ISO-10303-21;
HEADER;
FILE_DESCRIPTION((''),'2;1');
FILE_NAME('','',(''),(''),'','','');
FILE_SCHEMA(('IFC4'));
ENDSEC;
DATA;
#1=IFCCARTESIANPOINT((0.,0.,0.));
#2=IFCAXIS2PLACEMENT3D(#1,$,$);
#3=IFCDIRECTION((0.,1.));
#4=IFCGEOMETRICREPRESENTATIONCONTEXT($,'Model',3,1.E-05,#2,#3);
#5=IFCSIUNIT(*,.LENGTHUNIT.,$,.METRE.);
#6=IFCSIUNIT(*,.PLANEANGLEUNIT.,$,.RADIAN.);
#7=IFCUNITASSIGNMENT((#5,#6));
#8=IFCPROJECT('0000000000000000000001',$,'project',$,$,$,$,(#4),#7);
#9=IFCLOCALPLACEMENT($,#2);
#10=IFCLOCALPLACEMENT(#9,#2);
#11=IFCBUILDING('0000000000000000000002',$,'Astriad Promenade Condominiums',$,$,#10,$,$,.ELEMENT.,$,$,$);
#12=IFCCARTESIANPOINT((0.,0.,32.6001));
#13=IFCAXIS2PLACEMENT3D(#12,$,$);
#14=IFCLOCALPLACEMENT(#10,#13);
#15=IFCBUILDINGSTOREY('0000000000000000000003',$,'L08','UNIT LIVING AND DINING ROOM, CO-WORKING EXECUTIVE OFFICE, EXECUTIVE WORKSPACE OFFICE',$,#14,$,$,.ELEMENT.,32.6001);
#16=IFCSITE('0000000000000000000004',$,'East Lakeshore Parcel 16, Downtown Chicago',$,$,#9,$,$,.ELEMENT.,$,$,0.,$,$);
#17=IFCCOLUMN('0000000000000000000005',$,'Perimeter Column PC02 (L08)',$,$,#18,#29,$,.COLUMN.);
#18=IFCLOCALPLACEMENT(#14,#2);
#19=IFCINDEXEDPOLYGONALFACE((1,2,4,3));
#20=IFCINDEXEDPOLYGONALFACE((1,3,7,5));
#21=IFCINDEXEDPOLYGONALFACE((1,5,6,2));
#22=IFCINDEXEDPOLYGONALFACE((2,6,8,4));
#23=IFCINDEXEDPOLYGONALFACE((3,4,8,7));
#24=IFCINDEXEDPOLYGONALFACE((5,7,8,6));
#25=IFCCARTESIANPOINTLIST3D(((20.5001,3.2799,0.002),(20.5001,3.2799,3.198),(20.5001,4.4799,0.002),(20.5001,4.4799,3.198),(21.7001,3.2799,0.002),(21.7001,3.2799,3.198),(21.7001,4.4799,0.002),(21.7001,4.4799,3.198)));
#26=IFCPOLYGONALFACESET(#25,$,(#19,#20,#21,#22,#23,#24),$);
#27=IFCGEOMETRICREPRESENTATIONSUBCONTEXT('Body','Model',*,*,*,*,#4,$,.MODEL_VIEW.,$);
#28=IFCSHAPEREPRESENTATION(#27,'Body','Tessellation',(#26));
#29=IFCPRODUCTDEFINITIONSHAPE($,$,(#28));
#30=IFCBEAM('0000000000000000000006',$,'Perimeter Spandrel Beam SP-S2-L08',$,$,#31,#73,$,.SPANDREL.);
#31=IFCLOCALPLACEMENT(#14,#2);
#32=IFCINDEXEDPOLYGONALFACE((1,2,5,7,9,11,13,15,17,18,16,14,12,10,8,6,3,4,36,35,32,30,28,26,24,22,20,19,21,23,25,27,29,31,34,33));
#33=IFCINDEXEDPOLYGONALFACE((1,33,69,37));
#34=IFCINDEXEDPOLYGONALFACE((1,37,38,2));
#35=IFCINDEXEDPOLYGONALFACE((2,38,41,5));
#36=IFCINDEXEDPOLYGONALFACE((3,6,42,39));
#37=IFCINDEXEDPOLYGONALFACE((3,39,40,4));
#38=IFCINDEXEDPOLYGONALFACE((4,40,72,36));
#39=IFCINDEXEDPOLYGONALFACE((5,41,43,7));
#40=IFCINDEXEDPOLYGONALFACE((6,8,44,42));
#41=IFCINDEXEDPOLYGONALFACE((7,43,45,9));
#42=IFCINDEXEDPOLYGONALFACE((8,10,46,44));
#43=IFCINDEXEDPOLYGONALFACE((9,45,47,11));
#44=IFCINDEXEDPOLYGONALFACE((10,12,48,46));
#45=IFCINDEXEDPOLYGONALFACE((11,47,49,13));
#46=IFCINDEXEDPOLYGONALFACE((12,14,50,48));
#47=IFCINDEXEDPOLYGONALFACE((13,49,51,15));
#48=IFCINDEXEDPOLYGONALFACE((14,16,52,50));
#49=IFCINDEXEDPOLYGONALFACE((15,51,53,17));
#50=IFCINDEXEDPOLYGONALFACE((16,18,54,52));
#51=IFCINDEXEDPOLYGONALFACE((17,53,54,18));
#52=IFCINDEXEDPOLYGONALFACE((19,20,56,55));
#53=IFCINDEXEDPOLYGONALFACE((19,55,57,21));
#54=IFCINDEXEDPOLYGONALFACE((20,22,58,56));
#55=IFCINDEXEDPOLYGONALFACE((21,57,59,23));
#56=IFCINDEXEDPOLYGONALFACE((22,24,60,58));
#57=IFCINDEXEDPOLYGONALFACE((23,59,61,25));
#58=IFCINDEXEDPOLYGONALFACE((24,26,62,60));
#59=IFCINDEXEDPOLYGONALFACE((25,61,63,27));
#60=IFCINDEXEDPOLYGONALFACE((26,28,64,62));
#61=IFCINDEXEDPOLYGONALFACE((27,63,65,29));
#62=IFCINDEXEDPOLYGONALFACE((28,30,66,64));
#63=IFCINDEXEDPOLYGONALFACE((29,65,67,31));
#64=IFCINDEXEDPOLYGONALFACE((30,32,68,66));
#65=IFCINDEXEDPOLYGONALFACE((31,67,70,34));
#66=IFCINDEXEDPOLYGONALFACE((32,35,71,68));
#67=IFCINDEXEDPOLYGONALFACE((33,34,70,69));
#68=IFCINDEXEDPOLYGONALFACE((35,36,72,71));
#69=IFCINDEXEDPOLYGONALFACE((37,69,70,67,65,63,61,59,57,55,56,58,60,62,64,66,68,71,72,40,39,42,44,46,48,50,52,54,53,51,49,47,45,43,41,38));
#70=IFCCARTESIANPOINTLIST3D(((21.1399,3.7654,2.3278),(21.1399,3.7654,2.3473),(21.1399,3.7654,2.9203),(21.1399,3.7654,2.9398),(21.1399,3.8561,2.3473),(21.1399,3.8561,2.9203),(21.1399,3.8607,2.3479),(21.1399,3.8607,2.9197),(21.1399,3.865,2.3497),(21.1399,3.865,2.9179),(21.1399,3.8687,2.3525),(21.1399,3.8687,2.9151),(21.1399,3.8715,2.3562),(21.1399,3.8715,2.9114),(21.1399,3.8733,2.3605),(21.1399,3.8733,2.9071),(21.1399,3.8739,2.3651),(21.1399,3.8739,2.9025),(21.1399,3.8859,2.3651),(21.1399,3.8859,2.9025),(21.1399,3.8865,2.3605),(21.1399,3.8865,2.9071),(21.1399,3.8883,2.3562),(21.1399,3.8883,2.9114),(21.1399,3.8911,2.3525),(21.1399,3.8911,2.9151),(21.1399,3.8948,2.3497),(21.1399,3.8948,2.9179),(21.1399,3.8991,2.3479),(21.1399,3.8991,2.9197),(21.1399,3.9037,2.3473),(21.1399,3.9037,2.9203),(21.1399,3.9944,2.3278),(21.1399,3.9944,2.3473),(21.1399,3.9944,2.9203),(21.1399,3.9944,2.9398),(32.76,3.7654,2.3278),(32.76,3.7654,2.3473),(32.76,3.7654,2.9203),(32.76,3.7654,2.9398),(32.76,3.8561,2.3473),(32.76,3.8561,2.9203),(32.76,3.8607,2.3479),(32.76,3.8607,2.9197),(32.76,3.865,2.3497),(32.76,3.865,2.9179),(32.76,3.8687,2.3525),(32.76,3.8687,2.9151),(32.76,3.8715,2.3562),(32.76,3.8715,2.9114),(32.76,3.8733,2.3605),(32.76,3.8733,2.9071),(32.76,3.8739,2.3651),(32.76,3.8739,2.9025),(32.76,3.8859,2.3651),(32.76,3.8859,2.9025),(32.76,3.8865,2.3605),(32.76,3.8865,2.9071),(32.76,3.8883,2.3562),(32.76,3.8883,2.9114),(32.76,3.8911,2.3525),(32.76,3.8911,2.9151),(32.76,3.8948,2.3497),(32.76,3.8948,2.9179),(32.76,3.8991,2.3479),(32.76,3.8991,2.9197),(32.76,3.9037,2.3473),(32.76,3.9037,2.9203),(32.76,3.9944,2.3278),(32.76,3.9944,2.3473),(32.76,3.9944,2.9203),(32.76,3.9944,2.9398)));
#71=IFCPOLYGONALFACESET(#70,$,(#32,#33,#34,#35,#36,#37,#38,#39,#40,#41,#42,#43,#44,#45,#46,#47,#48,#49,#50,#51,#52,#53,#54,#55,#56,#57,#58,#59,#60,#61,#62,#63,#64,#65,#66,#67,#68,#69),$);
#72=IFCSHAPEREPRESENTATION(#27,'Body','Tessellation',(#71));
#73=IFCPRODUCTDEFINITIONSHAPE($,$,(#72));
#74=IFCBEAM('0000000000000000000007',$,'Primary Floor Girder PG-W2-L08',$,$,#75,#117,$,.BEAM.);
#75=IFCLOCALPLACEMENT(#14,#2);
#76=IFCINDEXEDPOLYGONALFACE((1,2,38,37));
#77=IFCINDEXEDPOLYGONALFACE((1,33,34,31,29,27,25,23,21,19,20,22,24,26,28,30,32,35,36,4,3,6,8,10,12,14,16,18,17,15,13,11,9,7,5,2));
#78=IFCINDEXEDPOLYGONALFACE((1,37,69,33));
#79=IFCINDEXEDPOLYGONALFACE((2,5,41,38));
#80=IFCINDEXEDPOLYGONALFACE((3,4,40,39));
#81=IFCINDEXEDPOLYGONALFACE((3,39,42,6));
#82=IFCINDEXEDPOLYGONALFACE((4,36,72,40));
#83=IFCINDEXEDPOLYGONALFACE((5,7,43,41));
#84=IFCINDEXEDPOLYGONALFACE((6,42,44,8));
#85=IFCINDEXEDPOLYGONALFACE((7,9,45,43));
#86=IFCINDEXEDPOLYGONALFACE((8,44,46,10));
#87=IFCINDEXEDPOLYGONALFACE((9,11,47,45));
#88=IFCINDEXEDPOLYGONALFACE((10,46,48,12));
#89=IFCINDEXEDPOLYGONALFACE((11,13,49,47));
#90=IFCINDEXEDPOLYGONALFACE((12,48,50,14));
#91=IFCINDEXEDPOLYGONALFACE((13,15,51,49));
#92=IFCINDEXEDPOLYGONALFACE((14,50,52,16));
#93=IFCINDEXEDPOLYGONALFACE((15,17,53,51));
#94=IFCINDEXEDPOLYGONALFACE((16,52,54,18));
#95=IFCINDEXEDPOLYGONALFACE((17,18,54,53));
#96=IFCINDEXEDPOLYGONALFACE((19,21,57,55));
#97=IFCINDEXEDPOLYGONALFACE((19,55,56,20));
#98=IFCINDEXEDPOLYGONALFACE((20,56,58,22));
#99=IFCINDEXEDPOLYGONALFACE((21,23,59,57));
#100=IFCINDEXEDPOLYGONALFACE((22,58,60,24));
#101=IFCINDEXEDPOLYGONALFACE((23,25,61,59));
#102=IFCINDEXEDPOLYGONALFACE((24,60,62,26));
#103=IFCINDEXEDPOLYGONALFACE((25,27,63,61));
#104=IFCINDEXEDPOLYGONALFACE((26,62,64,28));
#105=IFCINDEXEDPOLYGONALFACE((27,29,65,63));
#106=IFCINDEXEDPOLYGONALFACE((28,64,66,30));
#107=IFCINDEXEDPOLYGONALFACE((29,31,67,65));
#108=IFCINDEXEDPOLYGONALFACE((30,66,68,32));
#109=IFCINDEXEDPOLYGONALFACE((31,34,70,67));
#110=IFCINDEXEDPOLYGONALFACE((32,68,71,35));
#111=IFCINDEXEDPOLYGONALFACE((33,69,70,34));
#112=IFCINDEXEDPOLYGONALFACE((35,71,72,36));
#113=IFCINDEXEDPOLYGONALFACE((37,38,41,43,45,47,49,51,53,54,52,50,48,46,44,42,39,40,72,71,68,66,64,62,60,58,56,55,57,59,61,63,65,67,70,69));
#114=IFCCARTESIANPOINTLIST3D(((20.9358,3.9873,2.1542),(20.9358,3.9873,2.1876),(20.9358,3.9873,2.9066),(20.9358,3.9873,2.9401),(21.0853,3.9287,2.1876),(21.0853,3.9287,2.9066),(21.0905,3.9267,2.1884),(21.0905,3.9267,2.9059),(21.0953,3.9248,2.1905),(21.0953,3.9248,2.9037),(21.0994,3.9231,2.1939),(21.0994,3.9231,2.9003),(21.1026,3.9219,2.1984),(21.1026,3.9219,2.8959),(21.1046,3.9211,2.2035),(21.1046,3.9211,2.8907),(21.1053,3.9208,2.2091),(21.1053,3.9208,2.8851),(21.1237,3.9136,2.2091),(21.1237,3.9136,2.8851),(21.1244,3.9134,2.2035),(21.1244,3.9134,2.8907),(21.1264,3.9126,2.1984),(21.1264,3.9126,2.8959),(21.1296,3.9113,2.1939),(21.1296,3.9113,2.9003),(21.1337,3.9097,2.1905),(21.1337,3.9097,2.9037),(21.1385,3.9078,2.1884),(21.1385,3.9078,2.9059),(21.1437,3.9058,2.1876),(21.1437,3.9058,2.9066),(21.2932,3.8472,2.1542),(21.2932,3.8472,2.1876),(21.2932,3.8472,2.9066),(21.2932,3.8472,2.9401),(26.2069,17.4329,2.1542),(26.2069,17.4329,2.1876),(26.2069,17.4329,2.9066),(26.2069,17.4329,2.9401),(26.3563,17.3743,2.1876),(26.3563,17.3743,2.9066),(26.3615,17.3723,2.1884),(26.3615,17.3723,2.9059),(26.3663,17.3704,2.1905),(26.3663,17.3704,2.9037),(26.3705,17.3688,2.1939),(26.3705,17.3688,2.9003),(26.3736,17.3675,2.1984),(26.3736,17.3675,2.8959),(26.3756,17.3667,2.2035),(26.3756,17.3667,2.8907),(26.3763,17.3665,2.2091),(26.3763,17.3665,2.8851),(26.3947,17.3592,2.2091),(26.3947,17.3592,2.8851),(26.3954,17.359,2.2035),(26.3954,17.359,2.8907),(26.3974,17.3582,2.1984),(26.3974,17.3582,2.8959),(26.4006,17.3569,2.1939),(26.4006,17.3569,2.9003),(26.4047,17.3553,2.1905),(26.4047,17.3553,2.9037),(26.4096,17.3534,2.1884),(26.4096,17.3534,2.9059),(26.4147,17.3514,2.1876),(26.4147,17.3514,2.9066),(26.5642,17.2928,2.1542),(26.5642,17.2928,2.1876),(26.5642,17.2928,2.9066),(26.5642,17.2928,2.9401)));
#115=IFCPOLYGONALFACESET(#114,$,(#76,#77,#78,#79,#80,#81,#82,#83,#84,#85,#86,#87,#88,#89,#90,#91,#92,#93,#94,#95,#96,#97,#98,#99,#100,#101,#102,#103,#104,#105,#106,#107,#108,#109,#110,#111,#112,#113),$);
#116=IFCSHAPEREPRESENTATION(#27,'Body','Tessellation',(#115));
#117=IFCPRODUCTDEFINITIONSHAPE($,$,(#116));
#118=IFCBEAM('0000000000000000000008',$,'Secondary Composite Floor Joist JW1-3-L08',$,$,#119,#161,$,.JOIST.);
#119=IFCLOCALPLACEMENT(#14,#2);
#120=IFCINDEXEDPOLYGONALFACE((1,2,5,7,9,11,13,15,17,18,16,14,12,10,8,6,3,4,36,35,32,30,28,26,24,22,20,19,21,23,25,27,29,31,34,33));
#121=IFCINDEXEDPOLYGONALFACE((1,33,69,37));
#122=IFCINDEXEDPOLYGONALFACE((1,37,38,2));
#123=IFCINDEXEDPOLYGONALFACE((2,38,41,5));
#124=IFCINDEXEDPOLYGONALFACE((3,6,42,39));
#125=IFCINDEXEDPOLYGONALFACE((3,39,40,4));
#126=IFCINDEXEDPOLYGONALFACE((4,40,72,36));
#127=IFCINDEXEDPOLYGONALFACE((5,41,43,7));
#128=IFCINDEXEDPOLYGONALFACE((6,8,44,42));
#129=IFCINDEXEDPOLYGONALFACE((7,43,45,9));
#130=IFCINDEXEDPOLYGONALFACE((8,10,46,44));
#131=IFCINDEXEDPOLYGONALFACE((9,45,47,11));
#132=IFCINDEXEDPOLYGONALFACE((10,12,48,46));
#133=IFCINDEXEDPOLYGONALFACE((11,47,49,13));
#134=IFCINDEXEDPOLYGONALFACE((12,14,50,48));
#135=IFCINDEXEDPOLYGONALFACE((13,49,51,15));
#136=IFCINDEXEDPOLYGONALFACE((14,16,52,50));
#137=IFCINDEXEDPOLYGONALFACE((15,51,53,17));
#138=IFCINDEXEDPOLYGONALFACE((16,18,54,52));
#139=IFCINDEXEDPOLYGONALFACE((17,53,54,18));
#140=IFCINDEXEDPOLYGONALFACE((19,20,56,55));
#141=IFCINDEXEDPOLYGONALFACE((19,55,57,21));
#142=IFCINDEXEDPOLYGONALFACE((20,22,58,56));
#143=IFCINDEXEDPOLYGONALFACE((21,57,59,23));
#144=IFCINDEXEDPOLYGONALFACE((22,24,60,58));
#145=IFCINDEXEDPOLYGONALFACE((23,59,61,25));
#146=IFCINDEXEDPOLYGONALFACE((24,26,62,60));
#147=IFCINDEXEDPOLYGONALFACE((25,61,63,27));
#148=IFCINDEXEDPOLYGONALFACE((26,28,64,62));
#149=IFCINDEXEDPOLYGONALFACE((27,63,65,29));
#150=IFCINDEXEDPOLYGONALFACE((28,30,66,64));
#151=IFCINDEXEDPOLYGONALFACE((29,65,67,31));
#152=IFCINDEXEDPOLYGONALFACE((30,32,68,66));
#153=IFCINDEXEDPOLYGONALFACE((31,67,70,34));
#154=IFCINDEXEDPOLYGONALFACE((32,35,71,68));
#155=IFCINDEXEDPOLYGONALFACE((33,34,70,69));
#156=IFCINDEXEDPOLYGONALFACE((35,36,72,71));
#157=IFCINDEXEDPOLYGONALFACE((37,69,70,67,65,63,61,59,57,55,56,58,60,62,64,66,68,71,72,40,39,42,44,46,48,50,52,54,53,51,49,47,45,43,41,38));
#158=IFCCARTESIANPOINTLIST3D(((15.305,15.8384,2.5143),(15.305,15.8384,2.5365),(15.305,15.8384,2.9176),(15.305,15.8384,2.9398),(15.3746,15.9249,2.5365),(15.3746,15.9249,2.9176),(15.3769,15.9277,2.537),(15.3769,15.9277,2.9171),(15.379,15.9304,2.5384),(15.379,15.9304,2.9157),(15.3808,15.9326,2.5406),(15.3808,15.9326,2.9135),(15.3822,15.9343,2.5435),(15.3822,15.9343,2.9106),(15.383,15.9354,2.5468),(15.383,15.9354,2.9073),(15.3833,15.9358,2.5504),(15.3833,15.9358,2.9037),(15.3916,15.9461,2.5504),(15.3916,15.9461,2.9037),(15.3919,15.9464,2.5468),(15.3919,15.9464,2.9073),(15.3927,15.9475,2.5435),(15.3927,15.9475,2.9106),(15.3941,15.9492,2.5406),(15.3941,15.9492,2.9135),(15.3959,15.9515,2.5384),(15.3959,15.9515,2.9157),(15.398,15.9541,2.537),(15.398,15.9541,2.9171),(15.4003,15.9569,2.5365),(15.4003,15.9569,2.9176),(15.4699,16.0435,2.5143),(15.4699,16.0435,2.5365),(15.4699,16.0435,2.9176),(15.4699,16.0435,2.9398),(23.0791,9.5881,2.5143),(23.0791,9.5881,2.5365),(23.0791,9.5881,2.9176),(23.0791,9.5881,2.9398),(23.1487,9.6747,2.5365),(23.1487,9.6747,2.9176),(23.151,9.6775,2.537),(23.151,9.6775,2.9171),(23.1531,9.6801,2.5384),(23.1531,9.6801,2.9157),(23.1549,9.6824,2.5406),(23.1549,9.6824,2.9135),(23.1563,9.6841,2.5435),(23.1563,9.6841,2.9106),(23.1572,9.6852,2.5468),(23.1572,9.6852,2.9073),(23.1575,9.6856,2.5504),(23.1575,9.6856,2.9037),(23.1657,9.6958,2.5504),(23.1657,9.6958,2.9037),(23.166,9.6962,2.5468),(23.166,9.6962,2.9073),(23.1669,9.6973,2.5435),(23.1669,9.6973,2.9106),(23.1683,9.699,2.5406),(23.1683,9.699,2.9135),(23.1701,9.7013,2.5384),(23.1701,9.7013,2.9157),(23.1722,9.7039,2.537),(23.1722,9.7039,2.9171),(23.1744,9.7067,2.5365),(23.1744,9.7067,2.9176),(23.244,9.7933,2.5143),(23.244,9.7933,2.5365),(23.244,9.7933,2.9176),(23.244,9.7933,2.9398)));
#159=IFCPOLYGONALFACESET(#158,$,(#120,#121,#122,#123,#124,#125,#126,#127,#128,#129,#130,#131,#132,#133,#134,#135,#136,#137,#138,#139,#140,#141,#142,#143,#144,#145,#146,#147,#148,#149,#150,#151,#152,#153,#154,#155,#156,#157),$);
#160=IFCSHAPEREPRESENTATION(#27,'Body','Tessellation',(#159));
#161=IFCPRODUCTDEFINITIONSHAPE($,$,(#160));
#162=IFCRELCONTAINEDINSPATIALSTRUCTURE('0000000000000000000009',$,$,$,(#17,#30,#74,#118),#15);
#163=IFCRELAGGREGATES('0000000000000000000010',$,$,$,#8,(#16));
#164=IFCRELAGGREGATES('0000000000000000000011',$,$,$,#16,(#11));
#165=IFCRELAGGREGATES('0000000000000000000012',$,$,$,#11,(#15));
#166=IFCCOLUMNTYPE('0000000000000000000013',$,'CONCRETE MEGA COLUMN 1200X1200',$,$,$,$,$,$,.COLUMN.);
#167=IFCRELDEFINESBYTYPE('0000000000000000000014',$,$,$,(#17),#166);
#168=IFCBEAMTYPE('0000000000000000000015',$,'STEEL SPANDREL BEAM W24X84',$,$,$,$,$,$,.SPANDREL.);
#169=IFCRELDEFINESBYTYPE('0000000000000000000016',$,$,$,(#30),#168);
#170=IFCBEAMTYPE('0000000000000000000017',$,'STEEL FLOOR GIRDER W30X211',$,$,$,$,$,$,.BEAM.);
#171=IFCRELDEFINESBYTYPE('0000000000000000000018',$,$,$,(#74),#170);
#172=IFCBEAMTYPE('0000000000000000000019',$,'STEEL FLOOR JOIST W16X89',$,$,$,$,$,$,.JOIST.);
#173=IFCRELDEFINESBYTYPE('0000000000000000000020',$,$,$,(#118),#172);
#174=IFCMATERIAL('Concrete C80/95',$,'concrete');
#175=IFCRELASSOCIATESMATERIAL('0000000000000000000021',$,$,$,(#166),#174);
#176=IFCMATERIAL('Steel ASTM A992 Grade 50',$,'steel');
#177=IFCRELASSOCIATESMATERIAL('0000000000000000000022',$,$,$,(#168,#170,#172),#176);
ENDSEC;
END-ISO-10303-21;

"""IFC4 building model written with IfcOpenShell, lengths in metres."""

from ifc_helpers import new_model, si_unit, direction, frame, origin, origin_2d, place, context, subcontext, project, spatial, rectangle, i_section, extrude, source, transform, mapped, material, material_profile, profile_set, type_object, type_shapes, element, save


model = new_model("IFC4")

# Units and contexts
model_context = context("Model", 3, precision=1e-05, world=origin(), true_north=direction((0.0, 1.0)))
body_context = subcontext(model_context, "Body", "Model", "MODEL_VIEW")
ifc_project = project(units=[si_unit("LENGTHUNIT", "METRE"), si_unit("PLANEANGLEUNIT", "RADIAN")], contexts=[model_context])

# Site, building, storey
site_placement = place(None, origin())
site = spatial("IfcSite", under=ifc_project, at=site_placement, Name="East Lakeshore Parcel 16, Downtown Chicago", CompositionType="ELEMENT", RefElevation=0.0)
building_placement = place(site_placement, origin())
building = spatial("IfcBuilding", under=site, at=building_placement, Name="Astriad Promenade Condominiums", CompositionType="ELEMENT")
storey_placement = place(building_placement, frame((0.0, 0.0, 32.6001)))
storey = spatial("IfcBuildingStorey", under=building, at=storey_placement, Name="L08", Description="UNIT LIVING AND DINING ROOM, CO-WORKING EXECUTIVE OFFICE, EXECUTIVE WORKSPACE OFFICE", CompositionType="ELEMENT", Elevation=32.6001)

# Column
ifc_material_1 = material(Name="Concrete C80/95", Category="concrete")
ifc_material_profile_1 = material_profile(ifc_material_1, rectangle(XDim=1.2, YDim=1.2, at=origin_2d()), Name="RC-COL-1200X1200")
ifc_profile_set_1 = profile_set([ifc_material_profile_1], Name="Concrete C80/95")
column_type = type_object("IfcColumnType", Name="CONCRETE MEGA COLUMN 1200X1200", PredefinedType="COLUMN", material=ifc_profile_set_1)
shared_shape_1 = source(origin(), body_context, "Body", "SweptSolid", [
    extrude(rectangle(XDim=1.2, YDim=1.2, at=origin_2d()), origin(), (0.0, 0.0, 1.0), 3.196),
])
type_shapes(column_type, [shared_shape_1])
column_placement = place(storey_placement, frame((21.1001, 3.8799, 0.002), z_axis=(0.0, 0.0, 1.0), x_axis=(1.0, 0.0, 0.0)))
element("IfcColumn", 1, at=column_placement, inside=storey, type_object=column_type, Name="Perimeter Column PC02 (L08)", PredefinedType="COLUMN", context=body_context, shape_type="MappedRepresentation", body=[
    mapped(shared_shape_1, transform((0.0, 0.0, 0.0), scale=1.0)),
])

# Beams
ifc_material_2 = material(Name="Steel ASTM A992 Grade 50", Category="steel")
ifc_material_profile_2 = material_profile(ifc_material_2, i_section(OverallWidth=0.229, OverallDepth=0.6121, WebThickness=0.012, FlangeThickness=0.0195, FilletRadius=0.0178, at=origin_2d()), Name="W24X84")
ifc_profile_set_2 = profile_set([ifc_material_profile_2], Name="Steel ASTM A992 Grade 50")
beam_type_1 = type_object("IfcBeamType", Name="STEEL SPANDREL BEAM W24X84", PredefinedType="SPANDREL", material=ifc_profile_set_2)
shared_shape_2 = source(origin(), body_context, "Body", "SweptSolid", [
    extrude(i_section(OverallWidth=0.229, OverallDepth=0.6121, WebThickness=0.012, FlangeThickness=0.0195, FilletRadius=0.0178, at=origin_2d()), origin(), (0.0, 0.0, 1.0), 11.6201),
])
type_shapes(beam_type_1, [shared_shape_2])
beam_1_placement = place(storey_placement, frame((21.1399, 3.8799, 2.6338), z_axis=(1.0, 0.0, 0.0), x_axis=(0.0, 1.0, 0.0)))
element("IfcBeam", 2, at=beam_1_placement, inside=storey, type_object=beam_type_1, Name="Perimeter Spandrel Beam SP-S2-L08", PredefinedType="SPANDREL", context=body_context, shape_type="MappedRepresentation", body=[
    mapped(shared_shape_2, transform((0.0, 0.0, 0.0), scale=1.0)),
])
ifc_material_profile_3 = material_profile(ifc_material_2, i_section(OverallWidth=0.3838, OverallDepth=0.7859, WebThickness=0.0198, FlangeThickness=0.0334, FilletRadius=0.0215, at=origin_2d()), Name="W30X211")
ifc_profile_set_3 = profile_set([ifc_material_profile_3], Name="Steel ASTM A992 Grade 50")
beam_type_2 = type_object("IfcBeamType", Name="STEEL FLOOR GIRDER W30X211", PredefinedType="BEAM", material=ifc_profile_set_3)
shared_shape_3 = source(origin(), body_context, "Body", "SweptSolid", [
    extrude(i_section(OverallWidth=0.3838, OverallDepth=0.7859, WebThickness=0.0198, FlangeThickness=0.0334, FilletRadius=0.0215, at=origin_2d()), origin(), (0.0, 0.0, 1.0), 14.4419),
])
type_shapes(beam_type_2, [shared_shape_3])
beam_2_placement = place(storey_placement, frame((21.1145, 3.9172, 2.5471), z_axis=(0.364981, 0.931015, 0.0), x_axis=(-0.931015, 0.364981, 0.0)))
element("IfcBeam", 3, at=beam_2_placement, inside=storey, type_object=beam_type_2, Name="Primary Floor Girder PG-W2-L08", PredefinedType="BEAM", context=body_context, shape_type="MappedRepresentation", body=[
    mapped(shared_shape_3, transform((0.0, 0.0, 0.0), scale=1.0)),
])
ifc_material_profile_4 = material_profile(ifc_material_2, i_section(OverallWidth=0.2632, OverallDepth=0.4255, WebThickness=0.0132, FlangeThickness=0.0222, FilletRadius=0.0139, at=origin_2d()), Name="W16X89")
ifc_profile_set_4 = profile_set([ifc_material_profile_4], Name="Steel ASTM A992 Grade 50")
beam_type_3 = type_object("IfcBeamType", Name="STEEL FLOOR JOIST W16X89", PredefinedType="JOIST", material=ifc_profile_set_4)
shared_shape_4 = source(origin(), body_context, "Body", "SweptSolid", [
    extrude(i_section(OverallWidth=0.2632, OverallDepth=0.4255, WebThickness=0.0132, FlangeThickness=0.0222, FilletRadius=0.0139, at=origin_2d()), origin(), (0.0, 0.0, 1.0), 9.9751),
])
beam_3_placement = place(storey_placement, frame((15.3875, 15.9409, 2.7271), z_axis=(0.779355, -0.626583, 0.0), x_axis=(0.626583, 0.779355, 0.0)))
element("IfcBeam", 4, at=beam_3_placement, inside=storey, type_object=beam_type_3, Name="Secondary Composite Floor Joist JW1-3-L08", PredefinedType="JOIST", context=body_context, shape_type="MappedRepresentation", body=[
    mapped(shared_shape_4, transform((0.0, 0.0, 0.0), scale=1.0)),
])

save(model, "model.ifc")
